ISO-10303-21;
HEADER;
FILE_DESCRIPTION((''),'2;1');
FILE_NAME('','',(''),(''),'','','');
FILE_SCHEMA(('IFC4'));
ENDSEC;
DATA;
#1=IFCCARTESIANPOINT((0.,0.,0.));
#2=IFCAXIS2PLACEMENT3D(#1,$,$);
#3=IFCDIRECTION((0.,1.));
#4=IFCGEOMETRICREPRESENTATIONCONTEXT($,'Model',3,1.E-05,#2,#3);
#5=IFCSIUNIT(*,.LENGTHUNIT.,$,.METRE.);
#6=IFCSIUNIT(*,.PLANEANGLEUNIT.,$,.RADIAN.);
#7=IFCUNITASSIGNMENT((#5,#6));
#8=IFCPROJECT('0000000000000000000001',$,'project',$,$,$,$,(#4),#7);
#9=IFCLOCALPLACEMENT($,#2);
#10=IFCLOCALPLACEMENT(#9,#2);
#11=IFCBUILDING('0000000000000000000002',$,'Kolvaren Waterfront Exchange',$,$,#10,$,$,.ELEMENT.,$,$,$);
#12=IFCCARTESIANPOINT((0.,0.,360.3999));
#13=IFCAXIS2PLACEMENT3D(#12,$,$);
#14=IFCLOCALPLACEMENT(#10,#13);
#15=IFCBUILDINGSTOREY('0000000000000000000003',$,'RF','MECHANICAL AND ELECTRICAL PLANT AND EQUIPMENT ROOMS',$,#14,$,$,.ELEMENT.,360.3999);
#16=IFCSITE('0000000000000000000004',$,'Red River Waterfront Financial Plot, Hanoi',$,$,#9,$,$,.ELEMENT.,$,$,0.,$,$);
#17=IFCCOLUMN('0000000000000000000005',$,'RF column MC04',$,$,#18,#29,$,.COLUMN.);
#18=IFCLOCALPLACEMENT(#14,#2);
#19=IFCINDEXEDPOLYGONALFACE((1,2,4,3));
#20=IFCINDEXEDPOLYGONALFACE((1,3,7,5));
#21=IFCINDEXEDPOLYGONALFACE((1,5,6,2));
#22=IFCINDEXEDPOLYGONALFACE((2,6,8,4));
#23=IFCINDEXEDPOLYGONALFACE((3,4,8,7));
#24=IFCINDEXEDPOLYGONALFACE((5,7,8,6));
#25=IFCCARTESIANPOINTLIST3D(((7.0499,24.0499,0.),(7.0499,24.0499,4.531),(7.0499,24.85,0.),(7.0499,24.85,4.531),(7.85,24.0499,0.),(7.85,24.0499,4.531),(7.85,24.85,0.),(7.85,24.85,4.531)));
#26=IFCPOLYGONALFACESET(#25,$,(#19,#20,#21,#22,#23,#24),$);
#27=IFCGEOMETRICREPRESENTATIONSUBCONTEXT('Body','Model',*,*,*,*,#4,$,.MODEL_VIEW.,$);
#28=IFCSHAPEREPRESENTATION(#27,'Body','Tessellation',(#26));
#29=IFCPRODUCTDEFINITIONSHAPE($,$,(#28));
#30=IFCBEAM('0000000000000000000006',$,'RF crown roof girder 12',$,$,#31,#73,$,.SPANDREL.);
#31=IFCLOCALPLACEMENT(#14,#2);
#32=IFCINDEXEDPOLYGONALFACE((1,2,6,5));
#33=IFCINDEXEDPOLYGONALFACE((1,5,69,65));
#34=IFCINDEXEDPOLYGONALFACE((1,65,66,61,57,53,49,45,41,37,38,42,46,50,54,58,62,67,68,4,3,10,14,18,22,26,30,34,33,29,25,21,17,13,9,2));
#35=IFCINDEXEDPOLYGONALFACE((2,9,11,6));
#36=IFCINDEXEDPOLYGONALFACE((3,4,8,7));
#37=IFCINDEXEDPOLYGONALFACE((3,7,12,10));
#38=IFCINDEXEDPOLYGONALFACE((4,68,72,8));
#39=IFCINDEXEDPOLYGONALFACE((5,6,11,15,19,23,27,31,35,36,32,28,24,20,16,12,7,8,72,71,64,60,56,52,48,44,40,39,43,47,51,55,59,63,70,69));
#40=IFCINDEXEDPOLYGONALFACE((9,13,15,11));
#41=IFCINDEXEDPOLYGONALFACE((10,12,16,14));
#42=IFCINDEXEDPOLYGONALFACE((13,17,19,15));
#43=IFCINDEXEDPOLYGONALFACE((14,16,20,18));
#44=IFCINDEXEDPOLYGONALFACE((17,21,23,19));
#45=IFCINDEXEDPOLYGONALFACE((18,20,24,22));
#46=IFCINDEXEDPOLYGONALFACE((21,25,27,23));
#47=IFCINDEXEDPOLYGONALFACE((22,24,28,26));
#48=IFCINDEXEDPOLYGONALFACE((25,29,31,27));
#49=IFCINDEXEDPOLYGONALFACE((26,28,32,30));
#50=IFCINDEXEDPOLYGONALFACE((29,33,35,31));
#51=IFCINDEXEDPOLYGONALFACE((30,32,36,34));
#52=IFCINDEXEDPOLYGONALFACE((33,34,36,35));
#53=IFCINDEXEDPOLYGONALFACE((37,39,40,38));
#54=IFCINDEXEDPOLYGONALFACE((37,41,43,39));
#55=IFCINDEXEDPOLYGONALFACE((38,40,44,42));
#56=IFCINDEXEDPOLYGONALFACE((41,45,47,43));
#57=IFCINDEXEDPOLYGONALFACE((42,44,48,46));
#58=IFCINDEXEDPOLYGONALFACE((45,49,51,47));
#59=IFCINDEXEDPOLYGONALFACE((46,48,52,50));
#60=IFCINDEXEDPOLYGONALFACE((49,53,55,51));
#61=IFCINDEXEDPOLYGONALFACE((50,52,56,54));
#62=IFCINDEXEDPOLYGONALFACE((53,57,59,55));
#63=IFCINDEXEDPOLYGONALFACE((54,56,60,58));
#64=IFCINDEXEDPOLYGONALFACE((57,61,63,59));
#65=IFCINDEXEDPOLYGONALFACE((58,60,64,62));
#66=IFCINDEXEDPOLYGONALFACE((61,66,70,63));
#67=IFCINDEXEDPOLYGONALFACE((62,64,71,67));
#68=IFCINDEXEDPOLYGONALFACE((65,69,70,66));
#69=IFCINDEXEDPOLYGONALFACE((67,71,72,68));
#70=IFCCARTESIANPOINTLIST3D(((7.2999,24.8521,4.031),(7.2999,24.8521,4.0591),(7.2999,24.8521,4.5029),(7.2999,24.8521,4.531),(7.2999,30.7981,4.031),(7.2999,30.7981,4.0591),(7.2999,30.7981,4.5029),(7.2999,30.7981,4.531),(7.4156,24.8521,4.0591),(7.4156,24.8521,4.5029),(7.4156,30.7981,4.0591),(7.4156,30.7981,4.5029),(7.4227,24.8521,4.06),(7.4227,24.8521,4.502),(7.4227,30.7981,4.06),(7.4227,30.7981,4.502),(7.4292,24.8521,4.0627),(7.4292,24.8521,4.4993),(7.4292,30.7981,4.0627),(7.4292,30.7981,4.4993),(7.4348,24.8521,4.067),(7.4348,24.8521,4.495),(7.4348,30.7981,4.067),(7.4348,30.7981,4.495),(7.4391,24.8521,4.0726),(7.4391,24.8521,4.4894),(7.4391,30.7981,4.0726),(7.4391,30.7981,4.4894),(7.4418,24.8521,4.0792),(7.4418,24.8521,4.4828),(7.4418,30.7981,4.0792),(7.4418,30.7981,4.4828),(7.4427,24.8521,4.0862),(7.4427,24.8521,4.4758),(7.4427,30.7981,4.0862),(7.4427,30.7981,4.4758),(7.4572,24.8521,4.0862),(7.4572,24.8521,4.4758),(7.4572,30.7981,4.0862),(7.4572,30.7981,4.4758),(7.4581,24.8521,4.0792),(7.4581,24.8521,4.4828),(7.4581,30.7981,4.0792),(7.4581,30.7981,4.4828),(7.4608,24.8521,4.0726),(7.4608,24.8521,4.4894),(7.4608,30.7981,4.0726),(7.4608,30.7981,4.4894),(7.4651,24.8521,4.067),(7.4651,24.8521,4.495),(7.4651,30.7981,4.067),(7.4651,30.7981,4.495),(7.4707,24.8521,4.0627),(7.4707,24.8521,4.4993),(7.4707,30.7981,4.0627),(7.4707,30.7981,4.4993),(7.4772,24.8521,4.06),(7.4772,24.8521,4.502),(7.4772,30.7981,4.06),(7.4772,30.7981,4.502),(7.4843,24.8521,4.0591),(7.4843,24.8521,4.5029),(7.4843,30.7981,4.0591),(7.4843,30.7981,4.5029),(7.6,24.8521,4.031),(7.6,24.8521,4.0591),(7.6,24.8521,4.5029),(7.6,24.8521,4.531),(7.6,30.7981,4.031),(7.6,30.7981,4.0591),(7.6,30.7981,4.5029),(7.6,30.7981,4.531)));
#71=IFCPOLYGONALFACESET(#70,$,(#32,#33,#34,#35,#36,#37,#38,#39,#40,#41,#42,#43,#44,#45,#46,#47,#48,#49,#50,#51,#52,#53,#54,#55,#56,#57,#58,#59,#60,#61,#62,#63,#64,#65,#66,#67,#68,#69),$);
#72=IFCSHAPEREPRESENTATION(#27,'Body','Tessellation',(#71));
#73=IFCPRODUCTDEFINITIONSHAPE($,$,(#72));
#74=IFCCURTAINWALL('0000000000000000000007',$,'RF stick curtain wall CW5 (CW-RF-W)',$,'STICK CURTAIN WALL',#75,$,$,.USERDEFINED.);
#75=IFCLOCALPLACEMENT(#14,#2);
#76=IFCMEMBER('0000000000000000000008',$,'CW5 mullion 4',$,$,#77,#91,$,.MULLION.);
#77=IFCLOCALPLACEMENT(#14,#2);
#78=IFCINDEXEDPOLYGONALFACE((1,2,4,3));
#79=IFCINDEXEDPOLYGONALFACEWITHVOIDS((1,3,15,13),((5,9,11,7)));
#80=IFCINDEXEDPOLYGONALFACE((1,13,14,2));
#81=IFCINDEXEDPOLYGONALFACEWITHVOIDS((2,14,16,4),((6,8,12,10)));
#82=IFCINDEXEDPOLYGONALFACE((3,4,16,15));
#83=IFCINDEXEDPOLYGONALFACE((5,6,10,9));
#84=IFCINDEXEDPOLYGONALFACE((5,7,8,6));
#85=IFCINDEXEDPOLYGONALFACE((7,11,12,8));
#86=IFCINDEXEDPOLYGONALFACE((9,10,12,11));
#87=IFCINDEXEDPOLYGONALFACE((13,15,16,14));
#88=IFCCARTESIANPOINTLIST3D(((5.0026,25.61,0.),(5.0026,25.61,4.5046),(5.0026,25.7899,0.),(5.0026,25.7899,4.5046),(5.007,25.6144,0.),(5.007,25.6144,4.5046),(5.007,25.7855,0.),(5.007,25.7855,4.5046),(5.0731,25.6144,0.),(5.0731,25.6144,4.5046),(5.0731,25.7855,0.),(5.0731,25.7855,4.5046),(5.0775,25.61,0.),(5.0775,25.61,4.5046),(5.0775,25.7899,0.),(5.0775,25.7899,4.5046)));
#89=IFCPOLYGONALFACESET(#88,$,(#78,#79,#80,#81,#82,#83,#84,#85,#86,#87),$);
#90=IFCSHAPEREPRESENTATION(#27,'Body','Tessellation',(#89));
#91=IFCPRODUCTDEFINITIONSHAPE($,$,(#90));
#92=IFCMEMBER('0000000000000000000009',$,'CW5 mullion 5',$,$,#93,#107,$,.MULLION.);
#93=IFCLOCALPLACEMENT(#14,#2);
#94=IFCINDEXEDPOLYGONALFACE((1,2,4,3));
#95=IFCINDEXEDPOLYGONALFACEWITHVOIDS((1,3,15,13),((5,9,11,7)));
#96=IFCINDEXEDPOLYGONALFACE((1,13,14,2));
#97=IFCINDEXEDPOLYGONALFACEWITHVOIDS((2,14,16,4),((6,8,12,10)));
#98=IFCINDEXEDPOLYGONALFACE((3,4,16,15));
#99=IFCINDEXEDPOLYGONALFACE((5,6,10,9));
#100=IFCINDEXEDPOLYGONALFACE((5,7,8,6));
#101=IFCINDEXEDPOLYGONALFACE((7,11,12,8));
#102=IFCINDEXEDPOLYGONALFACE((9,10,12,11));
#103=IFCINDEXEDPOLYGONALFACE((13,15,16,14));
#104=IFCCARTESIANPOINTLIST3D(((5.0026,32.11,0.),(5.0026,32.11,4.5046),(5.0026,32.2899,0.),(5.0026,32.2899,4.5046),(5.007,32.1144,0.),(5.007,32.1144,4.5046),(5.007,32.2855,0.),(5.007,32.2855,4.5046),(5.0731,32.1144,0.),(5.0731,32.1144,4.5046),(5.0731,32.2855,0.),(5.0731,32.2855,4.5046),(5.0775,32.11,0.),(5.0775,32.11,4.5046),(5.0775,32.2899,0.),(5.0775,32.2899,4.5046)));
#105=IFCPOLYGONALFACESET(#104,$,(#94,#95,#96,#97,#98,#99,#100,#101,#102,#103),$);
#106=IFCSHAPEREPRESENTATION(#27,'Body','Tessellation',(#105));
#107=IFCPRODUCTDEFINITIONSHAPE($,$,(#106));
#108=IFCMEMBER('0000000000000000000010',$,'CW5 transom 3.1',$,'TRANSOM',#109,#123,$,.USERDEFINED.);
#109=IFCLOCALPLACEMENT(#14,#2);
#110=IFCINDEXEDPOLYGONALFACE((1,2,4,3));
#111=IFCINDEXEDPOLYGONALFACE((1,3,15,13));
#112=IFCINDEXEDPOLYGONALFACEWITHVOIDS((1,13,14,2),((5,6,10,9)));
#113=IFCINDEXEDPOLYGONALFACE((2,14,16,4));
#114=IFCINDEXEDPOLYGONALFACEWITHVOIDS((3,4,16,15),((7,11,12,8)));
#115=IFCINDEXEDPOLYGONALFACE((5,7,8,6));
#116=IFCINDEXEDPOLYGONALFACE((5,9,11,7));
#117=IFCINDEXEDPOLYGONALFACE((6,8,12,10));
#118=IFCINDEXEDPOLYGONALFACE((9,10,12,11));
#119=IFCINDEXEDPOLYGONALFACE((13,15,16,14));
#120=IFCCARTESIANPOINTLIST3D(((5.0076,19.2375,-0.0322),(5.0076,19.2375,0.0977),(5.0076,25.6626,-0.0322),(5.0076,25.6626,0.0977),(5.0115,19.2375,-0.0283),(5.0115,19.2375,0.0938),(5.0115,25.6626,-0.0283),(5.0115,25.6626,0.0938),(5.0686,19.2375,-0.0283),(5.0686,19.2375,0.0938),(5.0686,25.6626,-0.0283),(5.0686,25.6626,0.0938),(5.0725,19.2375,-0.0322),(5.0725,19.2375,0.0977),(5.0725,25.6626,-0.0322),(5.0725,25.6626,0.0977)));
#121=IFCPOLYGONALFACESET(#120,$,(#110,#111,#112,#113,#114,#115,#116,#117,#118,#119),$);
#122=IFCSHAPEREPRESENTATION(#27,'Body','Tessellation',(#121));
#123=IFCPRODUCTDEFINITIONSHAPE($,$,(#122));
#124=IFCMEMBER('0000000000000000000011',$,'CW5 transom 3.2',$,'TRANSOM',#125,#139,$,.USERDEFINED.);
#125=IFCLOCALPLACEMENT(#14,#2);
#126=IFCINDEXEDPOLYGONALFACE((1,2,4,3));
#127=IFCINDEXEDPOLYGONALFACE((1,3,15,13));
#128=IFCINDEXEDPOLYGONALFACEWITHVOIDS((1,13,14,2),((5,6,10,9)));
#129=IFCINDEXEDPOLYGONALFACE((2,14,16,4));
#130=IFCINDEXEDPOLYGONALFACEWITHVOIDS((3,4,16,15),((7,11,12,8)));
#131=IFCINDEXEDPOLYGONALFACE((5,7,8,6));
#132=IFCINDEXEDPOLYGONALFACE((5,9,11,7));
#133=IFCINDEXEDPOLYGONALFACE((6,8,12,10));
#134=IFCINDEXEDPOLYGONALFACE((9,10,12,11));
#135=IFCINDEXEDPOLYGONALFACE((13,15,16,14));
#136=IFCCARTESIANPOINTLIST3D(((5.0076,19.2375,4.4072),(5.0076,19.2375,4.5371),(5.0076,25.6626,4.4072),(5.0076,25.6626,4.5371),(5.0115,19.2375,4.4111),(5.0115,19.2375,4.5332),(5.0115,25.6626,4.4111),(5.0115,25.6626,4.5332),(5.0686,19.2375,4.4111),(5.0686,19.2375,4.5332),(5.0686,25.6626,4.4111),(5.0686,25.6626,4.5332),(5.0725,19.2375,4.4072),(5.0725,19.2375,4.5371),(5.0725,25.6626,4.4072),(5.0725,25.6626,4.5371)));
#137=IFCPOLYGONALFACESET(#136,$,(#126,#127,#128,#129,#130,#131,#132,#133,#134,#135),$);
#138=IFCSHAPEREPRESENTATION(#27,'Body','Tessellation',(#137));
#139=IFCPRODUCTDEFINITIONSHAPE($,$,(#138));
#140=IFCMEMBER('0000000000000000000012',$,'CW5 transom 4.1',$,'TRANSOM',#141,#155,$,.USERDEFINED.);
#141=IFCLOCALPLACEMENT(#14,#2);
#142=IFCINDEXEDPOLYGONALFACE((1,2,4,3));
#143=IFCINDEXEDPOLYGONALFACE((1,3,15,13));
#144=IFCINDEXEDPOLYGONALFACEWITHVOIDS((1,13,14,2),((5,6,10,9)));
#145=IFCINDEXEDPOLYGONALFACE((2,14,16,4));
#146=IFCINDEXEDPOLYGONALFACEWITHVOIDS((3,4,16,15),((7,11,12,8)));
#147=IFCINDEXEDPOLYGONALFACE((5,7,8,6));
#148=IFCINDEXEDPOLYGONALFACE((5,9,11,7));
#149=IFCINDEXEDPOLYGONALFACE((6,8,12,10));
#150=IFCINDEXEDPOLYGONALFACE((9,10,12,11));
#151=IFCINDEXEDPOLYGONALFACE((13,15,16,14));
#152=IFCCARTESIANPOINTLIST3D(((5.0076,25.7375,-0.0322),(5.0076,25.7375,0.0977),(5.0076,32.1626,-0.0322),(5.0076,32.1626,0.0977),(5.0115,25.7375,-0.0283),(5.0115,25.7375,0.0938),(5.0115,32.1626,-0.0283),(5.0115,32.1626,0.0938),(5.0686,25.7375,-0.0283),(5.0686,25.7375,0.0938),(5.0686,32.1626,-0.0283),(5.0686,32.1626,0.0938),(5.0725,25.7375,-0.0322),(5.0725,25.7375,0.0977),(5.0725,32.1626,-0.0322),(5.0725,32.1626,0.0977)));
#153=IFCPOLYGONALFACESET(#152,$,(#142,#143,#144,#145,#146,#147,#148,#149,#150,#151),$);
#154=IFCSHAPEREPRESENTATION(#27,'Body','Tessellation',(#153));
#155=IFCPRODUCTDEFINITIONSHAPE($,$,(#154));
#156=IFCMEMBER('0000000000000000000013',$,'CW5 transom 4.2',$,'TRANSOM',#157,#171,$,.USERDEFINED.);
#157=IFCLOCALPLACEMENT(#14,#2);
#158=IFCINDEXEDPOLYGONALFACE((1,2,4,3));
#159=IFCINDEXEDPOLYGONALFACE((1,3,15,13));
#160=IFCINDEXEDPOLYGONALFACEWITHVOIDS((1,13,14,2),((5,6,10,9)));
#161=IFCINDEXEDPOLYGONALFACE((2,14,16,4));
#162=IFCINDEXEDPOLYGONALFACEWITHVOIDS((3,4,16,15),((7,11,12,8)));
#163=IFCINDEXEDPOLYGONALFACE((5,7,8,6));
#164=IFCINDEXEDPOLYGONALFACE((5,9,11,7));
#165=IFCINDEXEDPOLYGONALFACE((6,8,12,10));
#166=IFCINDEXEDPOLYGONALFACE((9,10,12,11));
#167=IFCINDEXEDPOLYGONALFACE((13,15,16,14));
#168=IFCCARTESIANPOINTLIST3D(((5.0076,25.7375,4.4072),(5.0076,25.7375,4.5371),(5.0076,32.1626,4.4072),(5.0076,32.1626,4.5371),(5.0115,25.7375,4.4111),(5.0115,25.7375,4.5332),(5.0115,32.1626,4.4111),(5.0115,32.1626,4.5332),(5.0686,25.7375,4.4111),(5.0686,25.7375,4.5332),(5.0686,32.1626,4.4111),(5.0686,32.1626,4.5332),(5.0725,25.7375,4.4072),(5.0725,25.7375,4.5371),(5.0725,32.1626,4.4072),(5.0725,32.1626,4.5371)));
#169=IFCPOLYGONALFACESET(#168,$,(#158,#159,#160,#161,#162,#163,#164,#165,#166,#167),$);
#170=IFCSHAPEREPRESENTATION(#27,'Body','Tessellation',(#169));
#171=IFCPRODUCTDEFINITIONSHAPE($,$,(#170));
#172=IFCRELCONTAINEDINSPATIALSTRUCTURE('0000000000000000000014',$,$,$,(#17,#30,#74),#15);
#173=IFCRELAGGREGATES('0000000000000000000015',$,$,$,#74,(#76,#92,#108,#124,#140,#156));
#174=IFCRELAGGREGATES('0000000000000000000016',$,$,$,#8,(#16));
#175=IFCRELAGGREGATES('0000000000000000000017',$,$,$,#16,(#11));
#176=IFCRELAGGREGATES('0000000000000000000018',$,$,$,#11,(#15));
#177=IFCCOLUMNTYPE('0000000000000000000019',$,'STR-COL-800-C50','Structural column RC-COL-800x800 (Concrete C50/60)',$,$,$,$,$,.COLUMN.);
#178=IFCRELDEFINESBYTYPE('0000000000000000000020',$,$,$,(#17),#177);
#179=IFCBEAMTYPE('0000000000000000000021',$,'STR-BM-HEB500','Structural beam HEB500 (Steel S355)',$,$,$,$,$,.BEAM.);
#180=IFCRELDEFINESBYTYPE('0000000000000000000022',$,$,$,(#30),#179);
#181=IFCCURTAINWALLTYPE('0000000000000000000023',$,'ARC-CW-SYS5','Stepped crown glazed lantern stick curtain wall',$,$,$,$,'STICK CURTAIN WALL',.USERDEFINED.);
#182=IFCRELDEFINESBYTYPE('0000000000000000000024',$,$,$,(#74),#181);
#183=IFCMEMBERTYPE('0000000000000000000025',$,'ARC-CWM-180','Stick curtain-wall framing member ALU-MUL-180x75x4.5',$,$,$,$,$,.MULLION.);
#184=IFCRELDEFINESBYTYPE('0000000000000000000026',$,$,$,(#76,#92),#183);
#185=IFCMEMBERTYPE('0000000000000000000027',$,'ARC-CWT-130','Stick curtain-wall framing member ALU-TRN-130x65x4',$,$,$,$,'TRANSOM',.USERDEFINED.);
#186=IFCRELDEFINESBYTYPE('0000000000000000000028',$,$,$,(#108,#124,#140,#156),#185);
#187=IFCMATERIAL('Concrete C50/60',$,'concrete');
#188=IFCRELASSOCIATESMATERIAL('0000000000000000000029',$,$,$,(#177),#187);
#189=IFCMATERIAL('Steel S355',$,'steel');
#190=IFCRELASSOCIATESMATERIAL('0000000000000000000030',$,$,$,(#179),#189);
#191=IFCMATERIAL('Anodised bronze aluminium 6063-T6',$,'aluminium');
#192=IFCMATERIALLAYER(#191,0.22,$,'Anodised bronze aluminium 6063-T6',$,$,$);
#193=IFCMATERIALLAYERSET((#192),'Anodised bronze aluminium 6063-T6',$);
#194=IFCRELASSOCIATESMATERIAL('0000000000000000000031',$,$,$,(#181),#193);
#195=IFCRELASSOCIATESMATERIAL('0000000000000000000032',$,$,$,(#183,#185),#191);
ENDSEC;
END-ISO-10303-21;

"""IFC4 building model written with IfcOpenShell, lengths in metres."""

from ifc_helpers import new_model, si_unit, direction, frame, origin, origin_with_axes, origin_2d, place, context, subcontext, project, spatial, rectangle, hollow_rectangle, i_section, extrude, source, transform, mapped, material, layer, layer_set, material_profile, profile_set, type_object, element, aggregate, save


model = new_model("IFC4")

# Units and contexts
model_context = context("Model", 3, precision=1e-05, world=origin(), true_north=direction((0.0, 1.0)))
body_context = subcontext(model_context, "Body", "Model", "MODEL_VIEW")
ifc_project = project(units=[si_unit("LENGTHUNIT", "METRE"), si_unit("PLANEANGLEUNIT", "RADIAN")], contexts=[model_context])

# Site, building, storey
site_placement = place(None, origin())
site = spatial("IfcSite", under=ifc_project, at=site_placement, Name="Red River Waterfront Financial Plot, Hanoi", CompositionType="ELEMENT", RefElevation=0.0)
building_placement = place(site_placement, origin())
building = spatial("IfcBuilding", under=site, at=building_placement, Name="Kolvaren Waterfront Exchange", CompositionType="ELEMENT")
storey_placement = place(building_placement, frame((0.0, 0.0, 360.3999)))
storey = spatial("IfcBuildingStorey", under=building, at=storey_placement, Name="RF", Description="MECHANICAL AND ELECTRICAL PLANT AND EQUIPMENT ROOMS", CompositionType="ELEMENT", Elevation=360.3999)

# Column
ifc_material_1 = material(Name="Concrete C50/60", Category="concrete")
ifc_material_profile_1 = material_profile(ifc_material_1, rectangle(XDim=0.8, YDim=0.8, at=origin_2d()), Name="RC-COL-800x800")
ifc_profile_set_1 = profile_set([ifc_material_profile_1], Name="Concrete C50/60")
column_type = type_object("IfcColumnType", Name="STR-COL-800-C50", Description="Structural column RC-COL-800x800 (Concrete C50/60)", PredefinedType="COLUMN", material=ifc_profile_set_1)
column_placement = place(storey_placement, frame((7.45, 24.45, 0.0), z_axis=(0.0, 0.0, 1.0), x_axis=(1.0, 0.0, 0.0)))
element("IfcColumn", 1, at=column_placement, inside=storey, type_object=column_type, Name="RF column MC04", PredefinedType="COLUMN", context=body_context, shape_type="SweptSolid", body=[
    extrude(rectangle(XDim=0.8, YDim=0.8, at=origin_2d()), origin(), (0.0, 0.0, 1.0), 4.531),
])

# Beam
ifc_material_2 = material(Name="Steel S355", Category="steel")
ifc_material_profile_2 = material_profile(ifc_material_2, i_section(OverallWidth=0.3, OverallDepth=0.5, WebThickness=0.0144, FlangeThickness=0.0281, FilletRadius=0.0271, at=origin_2d()), Name="HEB500")
ifc_profile_set_2 = profile_set([ifc_material_profile_2], Name="Steel S355")
beam_type = type_object("IfcBeamType", Name="STR-BM-HEB500", Description="Structural beam HEB500 (Steel S355)", PredefinedType="BEAM", material=ifc_profile_set_2)
beam_placement = place(storey_placement, frame((7.45, 24.8521, 4.281), z_axis=(0.0, 1.0, 0.0), x_axis=(-1.0, 0.0, 0.0)))
element("IfcBeam", 2, at=beam_placement, inside=storey, type_object=beam_type, Name="RF crown roof girder 12", PredefinedType="SPANDREL", context=body_context, shape_type="SweptSolid", body=[
    extrude(i_section(OverallWidth=0.3, OverallDepth=0.5, WebThickness=0.0144, FlangeThickness=0.0281, FilletRadius=0.0271, at=origin_2d()), origin(), (0.0, 0.0, 1.0), 5.946),
])

# Curtain wall, members
ifc_material_3 = material(Name="Anodised bronze aluminium 6063-T6", Category="aluminium")
ifc_layer_1 = layer(ifc_material_3, 0.22, Name="Anodised bronze aluminium 6063-T6")
ifc_layer_set_1 = layer_set([ifc_layer_1], Name="Anodised bronze aluminium 6063-T6")
curtain_wall_type = type_object("IfcCurtainWallType", Name="ARC-CW-SYS5", Description="Stepped crown glazed lantern stick curtain wall", ElementType="STICK CURTAIN WALL", PredefinedType="USERDEFINED", material=ifc_layer_set_1)
curtain_wall_placement = place(storey_placement, origin())
curtain_wall = element("IfcCurtainWall", 3, at=curtain_wall_placement, inside=storey, type_object=curtain_wall_type, Name="RF stick curtain wall CW5 (CW-RF-W)", ObjectType="STICK CURTAIN WALL", PredefinedType="USERDEFINED")
ifc_material_profile_3 = material_profile(ifc_material_3, hollow_rectangle(XDim=0.075, YDim=0.1799, WallThickness=0.0044, at=origin_2d()), Name="ALU-MUL-180x75x4.5")
ifc_profile_set_3 = profile_set([ifc_material_profile_3], Name="Anodised bronze aluminium 6063-T6")
member_type_1 = type_object("IfcMemberType", Name="ARC-CWM-180", Description="Stick curtain-wall framing member ALU-MUL-180x75x4.5", PredefinedType="MULLION", material=ifc_profile_set_3)
shared_shape_1 = source(origin_with_axes(), body_context, "Body", "SweptSolid", [
    extrude(hollow_rectangle(XDim=0.075, YDim=0.1799, WallThickness=0.0044, at=origin_2d()), origin(), (0.0, 0.0, 1.0), 4.5046),
])
member_1_placement = place(storey_placement, frame((5.04, 25.7, 0.0), z_axis=(0.0, 0.0, 1.0), x_axis=(-1.0, 0.0, 0.0)))
member_1 = element("IfcMember", 4, at=member_1_placement, type_object=member_type_1, Name="CW5 mullion 4", PredefinedType="MULLION", context=body_context, shape_type="MappedRepresentation", body=[
    mapped(shared_shape_1, transform((0.0, 0.0, 0.0), x_axis=(1.0, 0.0, 0.0), y_axis=(0.0, 1.0, 0.0), z_axis=(0.0, 0.0, 1.0), scale=1.0)),
])
member_2_placement = place(storey_placement, frame((5.04, 32.2, 0.0), z_axis=(0.0, 0.0, 1.0), x_axis=(-1.0, 0.0, 0.0)))
member_2 = element("IfcMember", 5, at=member_2_placement, type_object=member_type_1, Name="CW5 mullion 5", PredefinedType="MULLION", context=body_context, shape_type="MappedRepresentation", body=[
    mapped(shared_shape_1, transform((0.0, 0.0, 0.0), x_axis=(1.0, 0.0, 0.0), y_axis=(0.0, 1.0, 0.0), z_axis=(0.0, 0.0, 1.0), scale=1.0)),
])
ifc_material_profile_4 = material_profile(ifc_material_3, hollow_rectangle(XDim=0.0649, YDim=0.1299, WallThickness=0.0039, at=origin_2d()), Name="ALU-TRN-130x65x4")
ifc_profile_set_4 = profile_set([ifc_material_profile_4], Name="Anodised bronze aluminium 6063-T6")
member_type_2 = type_object("IfcMemberType", Name="ARC-CWT-130", Description="Stick curtain-wall framing member ALU-TRN-130x65x4", ElementType="TRANSOM", PredefinedType="USERDEFINED", material=ifc_profile_set_4)
shared_shape_2 = source(origin_with_axes(), body_context, "Body", "SweptSolid", [
    extrude(hollow_rectangle(XDim=0.0649, YDim=0.1299, WallThickness=0.0039, at=origin_2d()), origin(), (0.0, 0.0, 1.0), 6.425),
])
member_3_placement = place(storey_placement, frame((5.04, 19.2375, 0.0327), z_axis=(0.0, 1.0, 0.0), x_axis=(-1.0, 0.0, 0.0)))
member_3 = element("IfcMember", 6, at=member_3_placement, type_object=member_type_2, Name="CW5 transom 3.1", ObjectType="TRANSOM", PredefinedType="USERDEFINED", context=body_context, shape_type="MappedRepresentation", body=[
    mapped(shared_shape_2, transform((0.0, 0.0, 0.0), x_axis=(1.0, 0.0, 0.0), y_axis=(0.0, 1.0, 0.0), z_axis=(0.0, 0.0, 1.0), scale=1.0)),
])
member_4_placement = place(storey_placement, frame((5.04, 19.2375, 4.4722), z_axis=(0.0, 1.0, 0.0), x_axis=(-1.0, 0.0, 0.0)))
member_4 = element("IfcMember", 7, at=member_4_placement, type_object=member_type_2, Name="CW5 transom 3.2", ObjectType="TRANSOM", PredefinedType="USERDEFINED", context=body_context, shape_type="MappedRepresentation", body=[
    mapped(shared_shape_2, transform((0.0, 0.0, 0.0), x_axis=(1.0, 0.0, 0.0), y_axis=(0.0, 1.0, 0.0), z_axis=(0.0, 0.0, 1.0), scale=1.0)),
])
member_5_placement = place(storey_placement, frame((5.04, 25.7375, 0.0327), z_axis=(0.0, 1.0, 0.0), x_axis=(-1.0, 0.0, 0.0)))
member_5 = element("IfcMember", 8, at=member_5_placement, type_object=member_type_2, Name="CW5 transom 4.1", ObjectType="TRANSOM", PredefinedType="USERDEFINED", context=body_context, shape_type="MappedRepresentation", body=[
    mapped(shared_shape_2, transform((0.0, 0.0, 0.0), x_axis=(1.0, 0.0, 0.0), y_axis=(0.0, 1.0, 0.0), z_axis=(0.0, 0.0, 1.0), scale=1.0)),
])
member_6_placement = place(storey_placement, frame((5.04, 25.7375, 4.4722), z_axis=(0.0, 1.0, 0.0), x_axis=(-1.0, 0.0, 0.0)))
member_6 = element("IfcMember", 9, at=member_6_placement, type_object=member_type_2, Name="CW5 transom 4.2", ObjectType="TRANSOM", PredefinedType="USERDEFINED", context=body_context, shape_type="MappedRepresentation", body=[
    mapped(shared_shape_2, transform((0.0, 0.0, 0.0), x_axis=(1.0, 0.0, 0.0), y_axis=(0.0, 1.0, 0.0), z_axis=(0.0, 0.0, 1.0), scale=1.0)),
])

aggregate(curtain_wall, [member_1, member_2, member_3, member_4, member_5, member_6])

save(model, "model.ifc")
